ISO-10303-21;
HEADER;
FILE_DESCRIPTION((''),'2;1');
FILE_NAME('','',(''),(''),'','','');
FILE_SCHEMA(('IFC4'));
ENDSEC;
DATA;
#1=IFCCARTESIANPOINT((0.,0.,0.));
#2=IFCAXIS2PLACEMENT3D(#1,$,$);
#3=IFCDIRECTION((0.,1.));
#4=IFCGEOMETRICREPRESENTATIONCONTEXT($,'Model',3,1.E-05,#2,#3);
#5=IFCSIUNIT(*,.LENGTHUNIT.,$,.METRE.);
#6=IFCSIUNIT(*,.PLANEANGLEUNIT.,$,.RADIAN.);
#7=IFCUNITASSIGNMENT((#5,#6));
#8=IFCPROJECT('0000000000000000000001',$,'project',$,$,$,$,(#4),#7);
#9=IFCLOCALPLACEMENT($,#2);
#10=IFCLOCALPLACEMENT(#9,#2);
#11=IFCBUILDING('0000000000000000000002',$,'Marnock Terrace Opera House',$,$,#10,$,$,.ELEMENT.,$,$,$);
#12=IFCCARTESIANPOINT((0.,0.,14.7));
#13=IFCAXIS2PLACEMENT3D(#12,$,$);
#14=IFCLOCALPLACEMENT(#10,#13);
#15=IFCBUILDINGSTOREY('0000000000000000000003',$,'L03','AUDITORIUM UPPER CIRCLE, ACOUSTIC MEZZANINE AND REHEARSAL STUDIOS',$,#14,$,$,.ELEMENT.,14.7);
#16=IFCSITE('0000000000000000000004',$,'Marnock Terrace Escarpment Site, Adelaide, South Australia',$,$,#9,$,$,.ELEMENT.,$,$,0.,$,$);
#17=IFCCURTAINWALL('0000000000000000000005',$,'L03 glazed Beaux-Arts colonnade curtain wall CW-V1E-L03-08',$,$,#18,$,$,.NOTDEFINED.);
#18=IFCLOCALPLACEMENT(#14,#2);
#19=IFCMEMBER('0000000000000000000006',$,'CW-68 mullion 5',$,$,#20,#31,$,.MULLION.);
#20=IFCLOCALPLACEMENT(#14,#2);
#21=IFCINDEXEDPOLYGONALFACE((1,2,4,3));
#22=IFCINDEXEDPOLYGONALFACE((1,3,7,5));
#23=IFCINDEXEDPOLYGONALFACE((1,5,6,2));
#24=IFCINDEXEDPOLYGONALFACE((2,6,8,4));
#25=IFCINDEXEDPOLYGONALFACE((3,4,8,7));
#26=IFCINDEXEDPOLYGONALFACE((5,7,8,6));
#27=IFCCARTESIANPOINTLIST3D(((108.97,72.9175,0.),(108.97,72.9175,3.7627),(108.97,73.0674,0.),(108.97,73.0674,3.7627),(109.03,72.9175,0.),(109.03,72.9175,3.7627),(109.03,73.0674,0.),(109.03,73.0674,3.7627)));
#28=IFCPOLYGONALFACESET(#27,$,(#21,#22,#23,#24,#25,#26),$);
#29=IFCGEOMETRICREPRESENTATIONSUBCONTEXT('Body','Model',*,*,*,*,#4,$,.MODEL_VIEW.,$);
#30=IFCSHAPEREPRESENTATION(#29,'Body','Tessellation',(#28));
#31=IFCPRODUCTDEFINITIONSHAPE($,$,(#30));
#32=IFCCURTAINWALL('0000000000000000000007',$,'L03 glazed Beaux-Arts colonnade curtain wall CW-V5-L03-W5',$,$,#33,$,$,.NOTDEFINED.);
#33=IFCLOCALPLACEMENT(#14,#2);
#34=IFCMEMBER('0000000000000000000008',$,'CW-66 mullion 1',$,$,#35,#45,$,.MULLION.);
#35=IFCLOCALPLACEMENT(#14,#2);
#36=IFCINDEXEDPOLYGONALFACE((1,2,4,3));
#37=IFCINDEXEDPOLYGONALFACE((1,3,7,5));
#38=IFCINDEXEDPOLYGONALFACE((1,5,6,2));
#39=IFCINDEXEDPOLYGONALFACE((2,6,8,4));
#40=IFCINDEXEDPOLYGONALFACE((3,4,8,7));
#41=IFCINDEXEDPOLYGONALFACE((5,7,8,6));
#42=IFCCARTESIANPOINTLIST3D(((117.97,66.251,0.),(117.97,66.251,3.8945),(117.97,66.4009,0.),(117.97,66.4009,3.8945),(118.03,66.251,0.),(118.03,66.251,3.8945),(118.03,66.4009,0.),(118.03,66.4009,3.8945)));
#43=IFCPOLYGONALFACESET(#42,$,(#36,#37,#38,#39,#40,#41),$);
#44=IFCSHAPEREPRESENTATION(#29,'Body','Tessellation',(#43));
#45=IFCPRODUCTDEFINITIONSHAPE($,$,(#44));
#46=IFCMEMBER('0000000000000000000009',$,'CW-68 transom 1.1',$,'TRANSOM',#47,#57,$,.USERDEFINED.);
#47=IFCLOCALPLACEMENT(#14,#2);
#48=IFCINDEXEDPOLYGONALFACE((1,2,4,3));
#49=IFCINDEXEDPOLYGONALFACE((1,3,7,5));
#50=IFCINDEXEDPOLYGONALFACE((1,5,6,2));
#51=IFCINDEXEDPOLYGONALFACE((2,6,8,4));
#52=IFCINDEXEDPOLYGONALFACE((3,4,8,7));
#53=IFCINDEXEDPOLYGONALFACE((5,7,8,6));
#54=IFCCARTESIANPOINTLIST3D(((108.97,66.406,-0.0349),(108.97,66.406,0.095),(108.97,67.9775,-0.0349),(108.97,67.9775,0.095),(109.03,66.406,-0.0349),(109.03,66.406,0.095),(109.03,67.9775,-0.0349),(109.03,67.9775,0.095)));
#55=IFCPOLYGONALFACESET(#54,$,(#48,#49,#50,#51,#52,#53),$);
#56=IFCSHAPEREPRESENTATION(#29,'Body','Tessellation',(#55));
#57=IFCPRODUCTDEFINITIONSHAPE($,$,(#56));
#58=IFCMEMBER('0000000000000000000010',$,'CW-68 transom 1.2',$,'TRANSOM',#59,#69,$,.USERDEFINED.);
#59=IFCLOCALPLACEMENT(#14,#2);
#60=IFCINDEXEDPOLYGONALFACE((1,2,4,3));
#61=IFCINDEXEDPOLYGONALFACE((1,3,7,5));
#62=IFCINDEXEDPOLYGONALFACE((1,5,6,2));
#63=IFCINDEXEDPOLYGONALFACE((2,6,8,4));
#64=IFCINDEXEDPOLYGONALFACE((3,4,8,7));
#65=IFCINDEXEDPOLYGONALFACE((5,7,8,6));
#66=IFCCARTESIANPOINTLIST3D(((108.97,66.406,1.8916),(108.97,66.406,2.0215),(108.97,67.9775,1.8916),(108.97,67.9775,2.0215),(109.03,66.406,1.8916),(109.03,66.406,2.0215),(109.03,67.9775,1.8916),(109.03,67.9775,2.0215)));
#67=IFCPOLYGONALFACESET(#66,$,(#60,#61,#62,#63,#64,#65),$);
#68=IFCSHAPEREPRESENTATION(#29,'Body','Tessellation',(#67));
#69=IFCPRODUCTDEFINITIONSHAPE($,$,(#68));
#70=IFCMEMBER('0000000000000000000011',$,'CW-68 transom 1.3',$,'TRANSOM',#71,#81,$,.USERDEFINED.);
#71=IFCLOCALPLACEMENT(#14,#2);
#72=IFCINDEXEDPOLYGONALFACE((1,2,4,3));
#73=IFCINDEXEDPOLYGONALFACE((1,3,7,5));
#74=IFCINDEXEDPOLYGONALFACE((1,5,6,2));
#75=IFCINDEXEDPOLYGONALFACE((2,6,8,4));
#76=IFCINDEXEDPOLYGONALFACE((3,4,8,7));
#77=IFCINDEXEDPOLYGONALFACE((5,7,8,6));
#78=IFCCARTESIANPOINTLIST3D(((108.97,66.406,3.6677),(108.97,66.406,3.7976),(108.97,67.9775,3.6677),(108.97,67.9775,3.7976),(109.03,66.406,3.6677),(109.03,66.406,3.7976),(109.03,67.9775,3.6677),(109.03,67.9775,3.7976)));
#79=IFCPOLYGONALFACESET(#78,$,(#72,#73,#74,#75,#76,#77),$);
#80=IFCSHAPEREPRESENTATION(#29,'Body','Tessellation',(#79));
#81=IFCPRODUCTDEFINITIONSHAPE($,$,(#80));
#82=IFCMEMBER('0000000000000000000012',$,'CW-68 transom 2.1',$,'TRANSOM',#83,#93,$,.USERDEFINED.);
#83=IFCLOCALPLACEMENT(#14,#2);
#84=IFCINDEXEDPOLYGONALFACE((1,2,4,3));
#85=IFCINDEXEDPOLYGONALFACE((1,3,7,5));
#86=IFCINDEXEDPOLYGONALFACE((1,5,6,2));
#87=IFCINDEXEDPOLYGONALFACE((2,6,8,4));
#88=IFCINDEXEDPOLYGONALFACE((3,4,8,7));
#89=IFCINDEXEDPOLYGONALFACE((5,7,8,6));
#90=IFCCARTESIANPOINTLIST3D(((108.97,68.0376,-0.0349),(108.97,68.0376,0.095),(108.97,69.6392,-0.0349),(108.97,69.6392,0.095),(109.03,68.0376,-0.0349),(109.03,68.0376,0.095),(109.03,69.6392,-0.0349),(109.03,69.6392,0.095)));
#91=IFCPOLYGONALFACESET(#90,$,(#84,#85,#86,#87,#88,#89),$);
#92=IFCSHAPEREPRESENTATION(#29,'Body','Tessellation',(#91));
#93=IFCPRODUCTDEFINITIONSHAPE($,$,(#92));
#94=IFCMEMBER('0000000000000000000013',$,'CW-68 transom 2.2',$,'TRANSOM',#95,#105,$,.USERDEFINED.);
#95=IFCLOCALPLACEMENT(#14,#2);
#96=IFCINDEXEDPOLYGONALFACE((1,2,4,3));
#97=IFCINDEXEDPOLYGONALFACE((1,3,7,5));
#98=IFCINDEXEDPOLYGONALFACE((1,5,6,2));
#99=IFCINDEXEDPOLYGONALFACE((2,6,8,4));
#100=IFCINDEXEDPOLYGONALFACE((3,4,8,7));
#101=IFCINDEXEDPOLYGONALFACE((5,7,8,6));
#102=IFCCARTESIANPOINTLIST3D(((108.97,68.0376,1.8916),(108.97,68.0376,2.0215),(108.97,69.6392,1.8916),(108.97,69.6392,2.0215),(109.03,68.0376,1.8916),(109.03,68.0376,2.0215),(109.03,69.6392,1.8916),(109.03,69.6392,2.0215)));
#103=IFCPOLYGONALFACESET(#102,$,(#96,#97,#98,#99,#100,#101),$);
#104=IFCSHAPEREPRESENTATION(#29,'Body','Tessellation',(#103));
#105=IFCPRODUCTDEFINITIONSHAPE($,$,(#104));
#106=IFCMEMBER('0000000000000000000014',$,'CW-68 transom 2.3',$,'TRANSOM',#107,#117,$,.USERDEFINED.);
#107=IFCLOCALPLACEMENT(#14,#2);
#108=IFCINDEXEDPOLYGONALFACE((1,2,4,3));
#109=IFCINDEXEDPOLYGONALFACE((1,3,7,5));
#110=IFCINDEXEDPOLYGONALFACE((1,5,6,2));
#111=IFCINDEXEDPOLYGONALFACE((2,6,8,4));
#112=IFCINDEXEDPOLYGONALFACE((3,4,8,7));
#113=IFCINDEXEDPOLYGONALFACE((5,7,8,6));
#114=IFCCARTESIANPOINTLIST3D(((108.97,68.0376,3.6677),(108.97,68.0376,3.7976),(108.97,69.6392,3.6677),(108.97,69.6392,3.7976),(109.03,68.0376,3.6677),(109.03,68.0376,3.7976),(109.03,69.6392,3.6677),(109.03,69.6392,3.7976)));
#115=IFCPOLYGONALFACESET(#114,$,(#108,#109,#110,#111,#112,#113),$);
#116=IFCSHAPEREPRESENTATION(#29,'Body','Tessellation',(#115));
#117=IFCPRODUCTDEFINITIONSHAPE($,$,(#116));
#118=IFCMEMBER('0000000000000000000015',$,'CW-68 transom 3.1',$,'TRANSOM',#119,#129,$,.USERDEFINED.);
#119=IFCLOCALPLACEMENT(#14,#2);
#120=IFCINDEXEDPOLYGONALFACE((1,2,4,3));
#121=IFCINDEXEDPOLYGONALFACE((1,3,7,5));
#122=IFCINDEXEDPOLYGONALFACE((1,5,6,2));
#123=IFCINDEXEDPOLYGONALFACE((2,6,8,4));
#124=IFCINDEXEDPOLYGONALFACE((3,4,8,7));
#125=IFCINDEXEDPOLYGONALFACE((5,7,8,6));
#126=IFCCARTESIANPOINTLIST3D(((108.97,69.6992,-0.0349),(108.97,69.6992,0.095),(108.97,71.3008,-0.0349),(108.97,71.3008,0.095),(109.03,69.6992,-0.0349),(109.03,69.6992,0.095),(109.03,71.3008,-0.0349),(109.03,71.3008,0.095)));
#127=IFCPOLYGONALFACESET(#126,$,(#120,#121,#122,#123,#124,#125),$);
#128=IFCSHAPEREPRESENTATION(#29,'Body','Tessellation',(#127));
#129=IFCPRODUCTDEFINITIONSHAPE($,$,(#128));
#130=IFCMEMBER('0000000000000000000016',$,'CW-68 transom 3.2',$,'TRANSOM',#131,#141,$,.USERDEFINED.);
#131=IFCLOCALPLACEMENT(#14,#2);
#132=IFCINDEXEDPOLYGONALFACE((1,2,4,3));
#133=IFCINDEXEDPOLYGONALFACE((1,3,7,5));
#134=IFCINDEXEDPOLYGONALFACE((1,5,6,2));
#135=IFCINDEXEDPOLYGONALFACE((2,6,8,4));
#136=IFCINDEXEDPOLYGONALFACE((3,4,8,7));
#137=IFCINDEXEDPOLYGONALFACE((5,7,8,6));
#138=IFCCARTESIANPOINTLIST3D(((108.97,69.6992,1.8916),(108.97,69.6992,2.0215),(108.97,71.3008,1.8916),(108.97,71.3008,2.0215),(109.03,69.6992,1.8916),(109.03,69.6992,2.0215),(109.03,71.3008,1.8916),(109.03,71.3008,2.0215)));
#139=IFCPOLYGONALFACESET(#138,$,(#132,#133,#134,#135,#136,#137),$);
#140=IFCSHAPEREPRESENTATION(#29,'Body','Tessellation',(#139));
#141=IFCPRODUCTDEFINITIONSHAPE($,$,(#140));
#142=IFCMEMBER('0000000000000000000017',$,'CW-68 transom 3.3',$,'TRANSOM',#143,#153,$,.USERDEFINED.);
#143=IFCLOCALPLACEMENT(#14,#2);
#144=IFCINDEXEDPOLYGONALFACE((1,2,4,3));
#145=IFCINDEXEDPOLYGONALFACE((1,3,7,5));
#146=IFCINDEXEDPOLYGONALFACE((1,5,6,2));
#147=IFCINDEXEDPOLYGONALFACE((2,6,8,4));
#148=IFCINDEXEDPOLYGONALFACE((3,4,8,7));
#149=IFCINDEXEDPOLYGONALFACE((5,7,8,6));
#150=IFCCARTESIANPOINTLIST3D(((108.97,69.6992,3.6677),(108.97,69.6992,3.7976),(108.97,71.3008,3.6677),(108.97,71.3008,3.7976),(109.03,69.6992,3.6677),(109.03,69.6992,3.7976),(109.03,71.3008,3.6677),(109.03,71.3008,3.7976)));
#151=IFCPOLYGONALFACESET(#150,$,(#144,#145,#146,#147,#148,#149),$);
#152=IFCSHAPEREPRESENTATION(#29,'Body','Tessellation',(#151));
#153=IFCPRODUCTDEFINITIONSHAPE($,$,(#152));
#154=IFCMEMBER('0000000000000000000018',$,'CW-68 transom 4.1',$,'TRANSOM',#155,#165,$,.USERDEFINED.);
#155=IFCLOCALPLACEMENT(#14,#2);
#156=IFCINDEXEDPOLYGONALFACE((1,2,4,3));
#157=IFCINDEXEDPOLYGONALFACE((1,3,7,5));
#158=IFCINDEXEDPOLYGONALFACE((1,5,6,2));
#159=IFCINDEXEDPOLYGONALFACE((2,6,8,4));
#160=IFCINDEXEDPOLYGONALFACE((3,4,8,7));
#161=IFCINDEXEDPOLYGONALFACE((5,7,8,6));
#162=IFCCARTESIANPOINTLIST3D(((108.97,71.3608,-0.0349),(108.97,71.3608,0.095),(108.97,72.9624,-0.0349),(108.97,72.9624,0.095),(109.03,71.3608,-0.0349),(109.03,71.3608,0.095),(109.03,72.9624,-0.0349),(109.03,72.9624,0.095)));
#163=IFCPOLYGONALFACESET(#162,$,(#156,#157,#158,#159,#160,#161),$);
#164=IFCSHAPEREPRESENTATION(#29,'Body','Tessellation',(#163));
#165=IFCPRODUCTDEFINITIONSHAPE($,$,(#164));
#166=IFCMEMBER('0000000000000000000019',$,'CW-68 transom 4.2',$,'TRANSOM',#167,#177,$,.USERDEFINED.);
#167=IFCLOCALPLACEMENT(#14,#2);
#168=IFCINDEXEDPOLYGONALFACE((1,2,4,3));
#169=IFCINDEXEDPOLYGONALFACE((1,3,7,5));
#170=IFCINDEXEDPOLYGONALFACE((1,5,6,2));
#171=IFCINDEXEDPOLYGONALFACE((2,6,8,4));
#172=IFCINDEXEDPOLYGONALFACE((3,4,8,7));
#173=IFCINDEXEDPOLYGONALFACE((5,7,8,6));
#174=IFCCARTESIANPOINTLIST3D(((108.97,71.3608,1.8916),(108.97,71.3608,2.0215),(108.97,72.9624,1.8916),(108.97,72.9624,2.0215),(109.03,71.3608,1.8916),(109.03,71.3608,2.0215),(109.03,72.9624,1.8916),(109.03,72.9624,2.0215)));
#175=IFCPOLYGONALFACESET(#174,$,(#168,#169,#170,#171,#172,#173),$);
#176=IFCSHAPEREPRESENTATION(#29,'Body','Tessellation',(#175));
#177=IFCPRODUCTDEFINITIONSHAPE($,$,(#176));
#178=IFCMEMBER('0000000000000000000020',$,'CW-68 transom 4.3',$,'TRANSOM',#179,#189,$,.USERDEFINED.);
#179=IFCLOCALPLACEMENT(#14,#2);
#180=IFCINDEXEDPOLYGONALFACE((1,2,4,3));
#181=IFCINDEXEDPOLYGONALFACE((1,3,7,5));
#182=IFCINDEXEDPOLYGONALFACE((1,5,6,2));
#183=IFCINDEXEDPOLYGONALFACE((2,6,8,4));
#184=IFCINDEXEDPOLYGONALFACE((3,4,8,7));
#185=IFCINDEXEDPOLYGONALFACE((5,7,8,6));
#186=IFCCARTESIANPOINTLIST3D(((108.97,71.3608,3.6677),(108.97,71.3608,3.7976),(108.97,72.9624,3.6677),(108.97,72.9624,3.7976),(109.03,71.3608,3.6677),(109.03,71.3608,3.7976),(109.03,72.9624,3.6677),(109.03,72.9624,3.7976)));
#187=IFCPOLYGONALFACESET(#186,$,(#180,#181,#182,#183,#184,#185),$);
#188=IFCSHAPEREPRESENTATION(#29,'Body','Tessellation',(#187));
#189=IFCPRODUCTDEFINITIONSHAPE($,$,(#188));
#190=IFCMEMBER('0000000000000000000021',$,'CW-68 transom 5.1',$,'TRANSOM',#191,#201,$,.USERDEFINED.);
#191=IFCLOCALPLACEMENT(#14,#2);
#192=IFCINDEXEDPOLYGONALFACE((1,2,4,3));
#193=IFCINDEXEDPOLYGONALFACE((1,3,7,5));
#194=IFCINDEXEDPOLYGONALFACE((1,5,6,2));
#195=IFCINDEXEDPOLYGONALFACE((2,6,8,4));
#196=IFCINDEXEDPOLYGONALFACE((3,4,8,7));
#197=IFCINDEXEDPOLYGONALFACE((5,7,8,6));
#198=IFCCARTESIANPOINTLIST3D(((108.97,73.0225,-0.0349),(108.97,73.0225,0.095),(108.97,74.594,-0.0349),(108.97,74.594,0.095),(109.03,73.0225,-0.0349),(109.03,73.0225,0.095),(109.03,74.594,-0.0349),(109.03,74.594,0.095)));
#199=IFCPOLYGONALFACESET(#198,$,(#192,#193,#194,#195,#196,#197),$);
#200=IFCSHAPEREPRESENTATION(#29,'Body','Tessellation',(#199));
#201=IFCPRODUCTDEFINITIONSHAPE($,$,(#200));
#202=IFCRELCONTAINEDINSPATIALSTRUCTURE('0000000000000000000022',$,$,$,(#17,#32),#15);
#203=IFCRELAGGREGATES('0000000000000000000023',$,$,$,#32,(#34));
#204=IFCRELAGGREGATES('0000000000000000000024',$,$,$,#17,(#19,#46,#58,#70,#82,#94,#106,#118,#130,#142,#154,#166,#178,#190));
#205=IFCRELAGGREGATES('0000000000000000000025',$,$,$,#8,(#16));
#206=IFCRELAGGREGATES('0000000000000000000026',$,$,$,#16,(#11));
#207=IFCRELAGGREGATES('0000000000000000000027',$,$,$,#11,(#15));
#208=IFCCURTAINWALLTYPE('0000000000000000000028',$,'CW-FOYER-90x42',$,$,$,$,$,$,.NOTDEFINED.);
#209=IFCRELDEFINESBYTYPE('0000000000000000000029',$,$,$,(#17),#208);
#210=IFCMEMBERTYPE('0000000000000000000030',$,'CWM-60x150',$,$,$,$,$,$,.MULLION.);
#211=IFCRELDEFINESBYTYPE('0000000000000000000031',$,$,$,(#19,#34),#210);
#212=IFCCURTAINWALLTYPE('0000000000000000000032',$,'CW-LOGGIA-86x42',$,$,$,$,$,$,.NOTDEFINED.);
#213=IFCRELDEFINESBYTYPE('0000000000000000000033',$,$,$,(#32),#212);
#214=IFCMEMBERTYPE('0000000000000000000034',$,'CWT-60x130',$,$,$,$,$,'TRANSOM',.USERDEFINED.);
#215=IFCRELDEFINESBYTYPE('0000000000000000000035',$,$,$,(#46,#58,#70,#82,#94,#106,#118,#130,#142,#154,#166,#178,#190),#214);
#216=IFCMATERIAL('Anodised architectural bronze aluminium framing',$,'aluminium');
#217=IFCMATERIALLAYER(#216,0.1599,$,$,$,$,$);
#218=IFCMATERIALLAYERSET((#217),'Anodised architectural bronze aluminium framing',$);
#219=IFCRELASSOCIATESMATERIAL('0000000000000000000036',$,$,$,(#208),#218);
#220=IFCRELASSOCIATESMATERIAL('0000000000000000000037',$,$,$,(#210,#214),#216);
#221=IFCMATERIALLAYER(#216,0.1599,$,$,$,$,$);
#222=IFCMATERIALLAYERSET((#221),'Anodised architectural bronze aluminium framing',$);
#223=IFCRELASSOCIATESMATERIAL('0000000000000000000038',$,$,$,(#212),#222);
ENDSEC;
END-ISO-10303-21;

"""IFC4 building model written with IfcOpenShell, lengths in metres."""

from ifc_helpers import new_model, si_unit, direction, frame, origin, origin_2d, place, context, subcontext, project, spatial, rectangle, extrude, material, layer, layer_set, material_profile, profile_set, type_object, element, aggregate, save


model = new_model("IFC4")

# Units and contexts
model_context = context("Model", 3, precision=1e-05, world=origin(), true_north=direction((0.0, 1.0)))
body_context = subcontext(model_context, "Body", "Model", "MODEL_VIEW")
ifc_project = project(units=[si_unit("LENGTHUNIT", "METRE"), si_unit("PLANEANGLEUNIT", "RADIAN")], contexts=[model_context])

# Site, building, storey
site_placement = place(None, origin())
site = spatial("IfcSite", under=ifc_project, at=site_placement, Name="Marnock Terrace Escarpment Site, Adelaide, South Australia", CompositionType="ELEMENT", RefElevation=0.0)
building_placement = place(site_placement, origin())
building = spatial("IfcBuilding", under=site, at=building_placement, Name="Marnock Terrace Opera House", CompositionType="ELEMENT")
storey_placement = place(building_placement, frame((0.0, 0.0, 14.7)))
storey = spatial("IfcBuildingStorey", under=building, at=storey_placement, Name="L03", Description="AUDITORIUM UPPER CIRCLE, ACOUSTIC MEZZANINE AND REHEARSAL STUDIOS", CompositionType="ELEMENT", Elevation=14.7)

# Curtain wall, member
ifc_material_1 = material(Name="Anodised architectural bronze aluminium framing", Category="aluminium")
ifc_layer_1 = layer(ifc_material_1, 0.1599)
ifc_layer_set_1 = layer_set([ifc_layer_1], Name="Anodised architectural bronze aluminium framing")
curtain_wall_type_1 = type_object("IfcCurtainWallType", Name="CW-FOYER-90x42", PredefinedType="NOTDEFINED", material=ifc_layer_set_1)
curtain_wall_1_placement = place(storey_placement, origin())
curtain_wall_1 = element("IfcCurtainWall", 1, at=curtain_wall_1_placement, inside=storey, type_object=curtain_wall_type_1, Name="L03 glazed Beaux-Arts colonnade curtain wall CW-V1E-L03-08", PredefinedType="NOTDEFINED")
ifc_material_profile_1 = material_profile(ifc_material_1, rectangle(XDim=0.0601, YDim=0.1499, at=origin_2d()))
ifc_profile_set_1 = profile_set([ifc_material_profile_1], Name="Anodised architectural bronze aluminium framing")
member_type_1 = type_object("IfcMemberType", Name="CWM-60x150", PredefinedType="MULLION", material=ifc_profile_set_1)
member_1_placement = place(storey_placement, frame((109.0, 72.9924, 0.0), z_axis=(0.0, 0.0, 1.0), x_axis=(-1.0, 0.0, 0.0)))
member_1 = element("IfcMember", 2, at=member_1_placement, type_object=member_type_1, Name="CW-68 mullion 5", PredefinedType="MULLION", context=body_context, shape_type="SweptSolid", body=[
    extrude(rectangle(XDim=0.0601, YDim=0.1499, at=origin_2d()), origin(), (0.0, 0.0, 1.0), 3.7627),
])

# Curtain wall, member
ifc_layer_2 = layer(ifc_material_1, 0.1599)
ifc_layer_set_2 = layer_set([ifc_layer_2], Name="Anodised architectural bronze aluminium framing")
curtain_wall_type_2 = type_object("IfcCurtainWallType", Name="CW-LOGGIA-86x42", PredefinedType="NOTDEFINED", material=ifc_layer_set_2)
curtain_wall_2_placement = place(storey_placement, origin())
curtain_wall_2 = element("IfcCurtainWall", 3, at=curtain_wall_2_placement, inside=storey, type_object=curtain_wall_type_2, Name="L03 glazed Beaux-Arts colonnade curtain wall CW-V5-L03-W5", PredefinedType="NOTDEFINED")
member_2_placement = place(storey_placement, frame((118.0, 66.3259, 0.0), z_axis=(0.0, 0.0, 1.0), x_axis=(-1.0, 0.0, 0.0)))
member_2 = element("IfcMember", 4, at=member_2_placement, type_object=member_type_1, Name="CW-66 mullion 1", PredefinedType="MULLION", context=body_context, shape_type="SweptSolid", body=[
    extrude(rectangle(XDim=0.0601, YDim=0.1499, at=origin_2d()), origin(), (0.0, 0.0, 1.0), 3.8945),
])
aggregate(curtain_wall_2, [member_2])

# Members
ifc_material_profile_2 = material_profile(ifc_material_1, rectangle(XDim=0.0601, YDim=0.1299, at=origin_2d()))
ifc_profile_set_2 = profile_set([ifc_material_profile_2], Name="Anodised architectural bronze aluminium framing")
member_type_2 = type_object("IfcMemberType", Name="CWT-60x130", ElementType="TRANSOM", PredefinedType="USERDEFINED", material=ifc_profile_set_2)
member_3_placement = place(storey_placement, frame((109.0, 66.406, 0.03), z_axis=(0.0, 1.0, 0.0), x_axis=(-1.0, 0.0, 0.0)))
member_3 = element("IfcMember", 5, at=member_3_placement, type_object=member_type_2, Name="CW-68 transom 1.1", ObjectType="TRANSOM", PredefinedType="USERDEFINED", context=body_context, shape_type="SweptSolid", body=[
    extrude(rectangle(XDim=0.0601, YDim=0.1299, at=origin_2d()), origin(), (0.0, 0.0, 1.0), 1.5715),
])
member_4_placement = place(storey_placement, frame((109.0, 66.406, 1.9565), z_axis=(0.0, 1.0, 0.0), x_axis=(-1.0, 0.0, 0.0)))
member_4 = element("IfcMember", 6, at=member_4_placement, type_object=member_type_2, Name="CW-68 transom 1.2", ObjectType="TRANSOM", PredefinedType="USERDEFINED", context=body_context, shape_type="SweptSolid", body=[
    extrude(rectangle(XDim=0.0601, YDim=0.1299, at=origin_2d()), origin(), (0.0, 0.0, 1.0), 1.5715),
])
member_5_placement = place(storey_placement, frame((109.0, 66.406, 3.7327), z_axis=(0.0, 1.0, 0.0), x_axis=(-1.0, 0.0, 0.0)))
member_5 = element("IfcMember", 7, at=member_5_placement, type_object=member_type_2, Name="CW-68 transom 1.3", ObjectType="TRANSOM", PredefinedType="USERDEFINED", context=body_context, shape_type="SweptSolid", body=[
    extrude(rectangle(XDim=0.0601, YDim=0.1299, at=origin_2d()), origin(), (0.0, 0.0, 1.0), 1.5715),
])
member_6_placement = place(storey_placement, frame((109.0, 68.0376, 0.03), z_axis=(0.0, 1.0, 0.0), x_axis=(-1.0, 0.0, 0.0)))
member_6 = element("IfcMember", 8, at=member_6_placement, type_object=member_type_2, Name="CW-68 transom 2.1", ObjectType="TRANSOM", PredefinedType="USERDEFINED", context=body_context, shape_type="SweptSolid", body=[
    extrude(rectangle(XDim=0.0601, YDim=0.1299, at=origin_2d()), origin(), (0.0, 0.0, 1.0), 1.6016),
])
member_7_placement = place(storey_placement, frame((109.0, 68.0376, 1.9565), z_axis=(0.0, 1.0, 0.0), x_axis=(-1.0, 0.0, 0.0)))
member_7 = element("IfcMember", 9, at=member_7_placement, type_object=member_type_2, Name="CW-68 transom 2.2", ObjectType="TRANSOM", PredefinedType="USERDEFINED", context=body_context, shape_type="SweptSolid", body=[
    extrude(rectangle(XDim=0.0601, YDim=0.1299, at=origin_2d()), origin(), (0.0, 0.0, 1.0), 1.6016),
])
member_8_placement = place(storey_placement, frame((109.0, 68.0376, 3.7327), z_axis=(0.0, 1.0, 0.0), x_axis=(-1.0, 0.0, 0.0)))
member_8 = element("IfcMember", 10, at=member_8_placement, type_object=member_type_2, Name="CW-68 transom 2.3", ObjectType="TRANSOM", PredefinedType="USERDEFINED", context=body_context, shape_type="SweptSolid", body=[
    extrude(rectangle(XDim=0.0601, YDim=0.1299, at=origin_2d()), origin(), (0.0, 0.0, 1.0), 1.6016),
])
member_9_placement = place(storey_placement, frame((109.0, 69.6992, 0.03), z_axis=(0.0, 1.0, 0.0), x_axis=(-1.0, 0.0, 0.0)))
member_9 = element("IfcMember", 11, at=member_9_placement, type_object=member_type_2, Name="CW-68 transom 3.1", ObjectType="TRANSOM", PredefinedType="USERDEFINED", context=body_context, shape_type="SweptSolid", body=[
    extrude(rectangle(XDim=0.0601, YDim=0.1299, at=origin_2d()), origin(), (0.0, 0.0, 1.0), 1.6016),
])
member_10_placement = place(storey_placement, frame((109.0, 69.6992, 1.9565), z_axis=(0.0, 1.0, 0.0), x_axis=(-1.0, 0.0, 0.0)))
member_10 = element("IfcMember", 12, at=member_10_placement, type_object=member_type_2, Name="CW-68 transom 3.2", ObjectType="TRANSOM", PredefinedType="USERDEFINED", context=body_context, shape_type="SweptSolid", body=[
    extrude(rectangle(XDim=0.0601, YDim=0.1299, at=origin_2d()), origin(), (0.0, 0.0, 1.0), 1.6016),
])
member_11_placement = place(storey_placement, frame((109.0, 69.6992, 3.7327), z_axis=(0.0, 1.0, 0.0), x_axis=(-1.0, 0.0, 0.0)))
member_11 = element("IfcMember", 13, at=member_11_placement, type_object=member_type_2, Name="CW-68 transom 3.3", ObjectType="TRANSOM", PredefinedType="USERDEFINED", context=body_context, shape_type="SweptSolid", body=[
    extrude(rectangle(XDim=0.0601, YDim=0.1299, at=origin_2d()), origin(), (0.0, 0.0, 1.0), 1.6016),
])
member_12_placement = place(storey_placement, frame((109.0, 71.3608, 0.03), z_axis=(0.0, 1.0, 0.0), x_axis=(-1.0, 0.0, 0.0)))
member_12 = element("IfcMember", 14, at=member_12_placement, type_object=member_type_2, Name="CW-68 transom 4.1", ObjectType="TRANSOM", PredefinedType="USERDEFINED", context=body_context, shape_type="SweptSolid", body=[
    extrude(rectangle(XDim=0.0601, YDim=0.1299, at=origin_2d()), origin(), (0.0, 0.0, 1.0), 1.6016),
])
member_13_placement = place(storey_placement, frame((109.0, 71.3608, 1.9565), z_axis=(0.0, 1.0, 0.0), x_axis=(-1.0, 0.0, 0.0)))
member_13 = element("IfcMember", 15, at=member_13_placement, type_object=member_type_2, Name="CW-68 transom 4.2", ObjectType="TRANSOM", PredefinedType="USERDEFINED", context=body_context, shape_type="SweptSolid", body=[
    extrude(rectangle(XDim=0.0601, YDim=0.1299, at=origin_2d()), origin(), (0.0, 0.0, 1.0), 1.6016),
])
member_14_placement = place(storey_placement, frame((109.0, 71.3608, 3.7327), z_axis=(0.0, 1.0, 0.0), x_axis=(-1.0, 0.0, 0.0)))
member_14 = element("IfcMember", 16, at=member_14_placement, type_object=member_type_2, Name="CW-68 transom 4.3", ObjectType="TRANSOM", PredefinedType="USERDEFINED", context=body_context, shape_type="SweptSolid", body=[
    extrude(rectangle(XDim=0.0601, YDim=0.1299, at=origin_2d()), origin(), (0.0, 0.0, 1.0), 1.6016),
])
member_15_placement = place(storey_placement, frame((109.0, 73.0225, 0.03), z_axis=(0.0, 1.0, 0.0), x_axis=(-1.0, 0.0, 0.0)))
member_15 = element("IfcMember", 17, at=member_15_placement, type_object=member_type_2, Name="CW-68 transom 5.1", ObjectType="TRANSOM", PredefinedType="USERDEFINED", context=body_context, shape_type="SweptSolid", body=[
    extrude(rectangle(XDim=0.0601, YDim=0.1299, at=origin_2d()), origin(), (0.0, 0.0, 1.0), 1.5715),
])

aggregate(curtain_wall_1, [member_1, member_3, member_4, member_5, member_6, member_7, member_8, member_9, member_10, member_11, member_12, member_13, member_14, member_15])

save(model, "model.ifc")
